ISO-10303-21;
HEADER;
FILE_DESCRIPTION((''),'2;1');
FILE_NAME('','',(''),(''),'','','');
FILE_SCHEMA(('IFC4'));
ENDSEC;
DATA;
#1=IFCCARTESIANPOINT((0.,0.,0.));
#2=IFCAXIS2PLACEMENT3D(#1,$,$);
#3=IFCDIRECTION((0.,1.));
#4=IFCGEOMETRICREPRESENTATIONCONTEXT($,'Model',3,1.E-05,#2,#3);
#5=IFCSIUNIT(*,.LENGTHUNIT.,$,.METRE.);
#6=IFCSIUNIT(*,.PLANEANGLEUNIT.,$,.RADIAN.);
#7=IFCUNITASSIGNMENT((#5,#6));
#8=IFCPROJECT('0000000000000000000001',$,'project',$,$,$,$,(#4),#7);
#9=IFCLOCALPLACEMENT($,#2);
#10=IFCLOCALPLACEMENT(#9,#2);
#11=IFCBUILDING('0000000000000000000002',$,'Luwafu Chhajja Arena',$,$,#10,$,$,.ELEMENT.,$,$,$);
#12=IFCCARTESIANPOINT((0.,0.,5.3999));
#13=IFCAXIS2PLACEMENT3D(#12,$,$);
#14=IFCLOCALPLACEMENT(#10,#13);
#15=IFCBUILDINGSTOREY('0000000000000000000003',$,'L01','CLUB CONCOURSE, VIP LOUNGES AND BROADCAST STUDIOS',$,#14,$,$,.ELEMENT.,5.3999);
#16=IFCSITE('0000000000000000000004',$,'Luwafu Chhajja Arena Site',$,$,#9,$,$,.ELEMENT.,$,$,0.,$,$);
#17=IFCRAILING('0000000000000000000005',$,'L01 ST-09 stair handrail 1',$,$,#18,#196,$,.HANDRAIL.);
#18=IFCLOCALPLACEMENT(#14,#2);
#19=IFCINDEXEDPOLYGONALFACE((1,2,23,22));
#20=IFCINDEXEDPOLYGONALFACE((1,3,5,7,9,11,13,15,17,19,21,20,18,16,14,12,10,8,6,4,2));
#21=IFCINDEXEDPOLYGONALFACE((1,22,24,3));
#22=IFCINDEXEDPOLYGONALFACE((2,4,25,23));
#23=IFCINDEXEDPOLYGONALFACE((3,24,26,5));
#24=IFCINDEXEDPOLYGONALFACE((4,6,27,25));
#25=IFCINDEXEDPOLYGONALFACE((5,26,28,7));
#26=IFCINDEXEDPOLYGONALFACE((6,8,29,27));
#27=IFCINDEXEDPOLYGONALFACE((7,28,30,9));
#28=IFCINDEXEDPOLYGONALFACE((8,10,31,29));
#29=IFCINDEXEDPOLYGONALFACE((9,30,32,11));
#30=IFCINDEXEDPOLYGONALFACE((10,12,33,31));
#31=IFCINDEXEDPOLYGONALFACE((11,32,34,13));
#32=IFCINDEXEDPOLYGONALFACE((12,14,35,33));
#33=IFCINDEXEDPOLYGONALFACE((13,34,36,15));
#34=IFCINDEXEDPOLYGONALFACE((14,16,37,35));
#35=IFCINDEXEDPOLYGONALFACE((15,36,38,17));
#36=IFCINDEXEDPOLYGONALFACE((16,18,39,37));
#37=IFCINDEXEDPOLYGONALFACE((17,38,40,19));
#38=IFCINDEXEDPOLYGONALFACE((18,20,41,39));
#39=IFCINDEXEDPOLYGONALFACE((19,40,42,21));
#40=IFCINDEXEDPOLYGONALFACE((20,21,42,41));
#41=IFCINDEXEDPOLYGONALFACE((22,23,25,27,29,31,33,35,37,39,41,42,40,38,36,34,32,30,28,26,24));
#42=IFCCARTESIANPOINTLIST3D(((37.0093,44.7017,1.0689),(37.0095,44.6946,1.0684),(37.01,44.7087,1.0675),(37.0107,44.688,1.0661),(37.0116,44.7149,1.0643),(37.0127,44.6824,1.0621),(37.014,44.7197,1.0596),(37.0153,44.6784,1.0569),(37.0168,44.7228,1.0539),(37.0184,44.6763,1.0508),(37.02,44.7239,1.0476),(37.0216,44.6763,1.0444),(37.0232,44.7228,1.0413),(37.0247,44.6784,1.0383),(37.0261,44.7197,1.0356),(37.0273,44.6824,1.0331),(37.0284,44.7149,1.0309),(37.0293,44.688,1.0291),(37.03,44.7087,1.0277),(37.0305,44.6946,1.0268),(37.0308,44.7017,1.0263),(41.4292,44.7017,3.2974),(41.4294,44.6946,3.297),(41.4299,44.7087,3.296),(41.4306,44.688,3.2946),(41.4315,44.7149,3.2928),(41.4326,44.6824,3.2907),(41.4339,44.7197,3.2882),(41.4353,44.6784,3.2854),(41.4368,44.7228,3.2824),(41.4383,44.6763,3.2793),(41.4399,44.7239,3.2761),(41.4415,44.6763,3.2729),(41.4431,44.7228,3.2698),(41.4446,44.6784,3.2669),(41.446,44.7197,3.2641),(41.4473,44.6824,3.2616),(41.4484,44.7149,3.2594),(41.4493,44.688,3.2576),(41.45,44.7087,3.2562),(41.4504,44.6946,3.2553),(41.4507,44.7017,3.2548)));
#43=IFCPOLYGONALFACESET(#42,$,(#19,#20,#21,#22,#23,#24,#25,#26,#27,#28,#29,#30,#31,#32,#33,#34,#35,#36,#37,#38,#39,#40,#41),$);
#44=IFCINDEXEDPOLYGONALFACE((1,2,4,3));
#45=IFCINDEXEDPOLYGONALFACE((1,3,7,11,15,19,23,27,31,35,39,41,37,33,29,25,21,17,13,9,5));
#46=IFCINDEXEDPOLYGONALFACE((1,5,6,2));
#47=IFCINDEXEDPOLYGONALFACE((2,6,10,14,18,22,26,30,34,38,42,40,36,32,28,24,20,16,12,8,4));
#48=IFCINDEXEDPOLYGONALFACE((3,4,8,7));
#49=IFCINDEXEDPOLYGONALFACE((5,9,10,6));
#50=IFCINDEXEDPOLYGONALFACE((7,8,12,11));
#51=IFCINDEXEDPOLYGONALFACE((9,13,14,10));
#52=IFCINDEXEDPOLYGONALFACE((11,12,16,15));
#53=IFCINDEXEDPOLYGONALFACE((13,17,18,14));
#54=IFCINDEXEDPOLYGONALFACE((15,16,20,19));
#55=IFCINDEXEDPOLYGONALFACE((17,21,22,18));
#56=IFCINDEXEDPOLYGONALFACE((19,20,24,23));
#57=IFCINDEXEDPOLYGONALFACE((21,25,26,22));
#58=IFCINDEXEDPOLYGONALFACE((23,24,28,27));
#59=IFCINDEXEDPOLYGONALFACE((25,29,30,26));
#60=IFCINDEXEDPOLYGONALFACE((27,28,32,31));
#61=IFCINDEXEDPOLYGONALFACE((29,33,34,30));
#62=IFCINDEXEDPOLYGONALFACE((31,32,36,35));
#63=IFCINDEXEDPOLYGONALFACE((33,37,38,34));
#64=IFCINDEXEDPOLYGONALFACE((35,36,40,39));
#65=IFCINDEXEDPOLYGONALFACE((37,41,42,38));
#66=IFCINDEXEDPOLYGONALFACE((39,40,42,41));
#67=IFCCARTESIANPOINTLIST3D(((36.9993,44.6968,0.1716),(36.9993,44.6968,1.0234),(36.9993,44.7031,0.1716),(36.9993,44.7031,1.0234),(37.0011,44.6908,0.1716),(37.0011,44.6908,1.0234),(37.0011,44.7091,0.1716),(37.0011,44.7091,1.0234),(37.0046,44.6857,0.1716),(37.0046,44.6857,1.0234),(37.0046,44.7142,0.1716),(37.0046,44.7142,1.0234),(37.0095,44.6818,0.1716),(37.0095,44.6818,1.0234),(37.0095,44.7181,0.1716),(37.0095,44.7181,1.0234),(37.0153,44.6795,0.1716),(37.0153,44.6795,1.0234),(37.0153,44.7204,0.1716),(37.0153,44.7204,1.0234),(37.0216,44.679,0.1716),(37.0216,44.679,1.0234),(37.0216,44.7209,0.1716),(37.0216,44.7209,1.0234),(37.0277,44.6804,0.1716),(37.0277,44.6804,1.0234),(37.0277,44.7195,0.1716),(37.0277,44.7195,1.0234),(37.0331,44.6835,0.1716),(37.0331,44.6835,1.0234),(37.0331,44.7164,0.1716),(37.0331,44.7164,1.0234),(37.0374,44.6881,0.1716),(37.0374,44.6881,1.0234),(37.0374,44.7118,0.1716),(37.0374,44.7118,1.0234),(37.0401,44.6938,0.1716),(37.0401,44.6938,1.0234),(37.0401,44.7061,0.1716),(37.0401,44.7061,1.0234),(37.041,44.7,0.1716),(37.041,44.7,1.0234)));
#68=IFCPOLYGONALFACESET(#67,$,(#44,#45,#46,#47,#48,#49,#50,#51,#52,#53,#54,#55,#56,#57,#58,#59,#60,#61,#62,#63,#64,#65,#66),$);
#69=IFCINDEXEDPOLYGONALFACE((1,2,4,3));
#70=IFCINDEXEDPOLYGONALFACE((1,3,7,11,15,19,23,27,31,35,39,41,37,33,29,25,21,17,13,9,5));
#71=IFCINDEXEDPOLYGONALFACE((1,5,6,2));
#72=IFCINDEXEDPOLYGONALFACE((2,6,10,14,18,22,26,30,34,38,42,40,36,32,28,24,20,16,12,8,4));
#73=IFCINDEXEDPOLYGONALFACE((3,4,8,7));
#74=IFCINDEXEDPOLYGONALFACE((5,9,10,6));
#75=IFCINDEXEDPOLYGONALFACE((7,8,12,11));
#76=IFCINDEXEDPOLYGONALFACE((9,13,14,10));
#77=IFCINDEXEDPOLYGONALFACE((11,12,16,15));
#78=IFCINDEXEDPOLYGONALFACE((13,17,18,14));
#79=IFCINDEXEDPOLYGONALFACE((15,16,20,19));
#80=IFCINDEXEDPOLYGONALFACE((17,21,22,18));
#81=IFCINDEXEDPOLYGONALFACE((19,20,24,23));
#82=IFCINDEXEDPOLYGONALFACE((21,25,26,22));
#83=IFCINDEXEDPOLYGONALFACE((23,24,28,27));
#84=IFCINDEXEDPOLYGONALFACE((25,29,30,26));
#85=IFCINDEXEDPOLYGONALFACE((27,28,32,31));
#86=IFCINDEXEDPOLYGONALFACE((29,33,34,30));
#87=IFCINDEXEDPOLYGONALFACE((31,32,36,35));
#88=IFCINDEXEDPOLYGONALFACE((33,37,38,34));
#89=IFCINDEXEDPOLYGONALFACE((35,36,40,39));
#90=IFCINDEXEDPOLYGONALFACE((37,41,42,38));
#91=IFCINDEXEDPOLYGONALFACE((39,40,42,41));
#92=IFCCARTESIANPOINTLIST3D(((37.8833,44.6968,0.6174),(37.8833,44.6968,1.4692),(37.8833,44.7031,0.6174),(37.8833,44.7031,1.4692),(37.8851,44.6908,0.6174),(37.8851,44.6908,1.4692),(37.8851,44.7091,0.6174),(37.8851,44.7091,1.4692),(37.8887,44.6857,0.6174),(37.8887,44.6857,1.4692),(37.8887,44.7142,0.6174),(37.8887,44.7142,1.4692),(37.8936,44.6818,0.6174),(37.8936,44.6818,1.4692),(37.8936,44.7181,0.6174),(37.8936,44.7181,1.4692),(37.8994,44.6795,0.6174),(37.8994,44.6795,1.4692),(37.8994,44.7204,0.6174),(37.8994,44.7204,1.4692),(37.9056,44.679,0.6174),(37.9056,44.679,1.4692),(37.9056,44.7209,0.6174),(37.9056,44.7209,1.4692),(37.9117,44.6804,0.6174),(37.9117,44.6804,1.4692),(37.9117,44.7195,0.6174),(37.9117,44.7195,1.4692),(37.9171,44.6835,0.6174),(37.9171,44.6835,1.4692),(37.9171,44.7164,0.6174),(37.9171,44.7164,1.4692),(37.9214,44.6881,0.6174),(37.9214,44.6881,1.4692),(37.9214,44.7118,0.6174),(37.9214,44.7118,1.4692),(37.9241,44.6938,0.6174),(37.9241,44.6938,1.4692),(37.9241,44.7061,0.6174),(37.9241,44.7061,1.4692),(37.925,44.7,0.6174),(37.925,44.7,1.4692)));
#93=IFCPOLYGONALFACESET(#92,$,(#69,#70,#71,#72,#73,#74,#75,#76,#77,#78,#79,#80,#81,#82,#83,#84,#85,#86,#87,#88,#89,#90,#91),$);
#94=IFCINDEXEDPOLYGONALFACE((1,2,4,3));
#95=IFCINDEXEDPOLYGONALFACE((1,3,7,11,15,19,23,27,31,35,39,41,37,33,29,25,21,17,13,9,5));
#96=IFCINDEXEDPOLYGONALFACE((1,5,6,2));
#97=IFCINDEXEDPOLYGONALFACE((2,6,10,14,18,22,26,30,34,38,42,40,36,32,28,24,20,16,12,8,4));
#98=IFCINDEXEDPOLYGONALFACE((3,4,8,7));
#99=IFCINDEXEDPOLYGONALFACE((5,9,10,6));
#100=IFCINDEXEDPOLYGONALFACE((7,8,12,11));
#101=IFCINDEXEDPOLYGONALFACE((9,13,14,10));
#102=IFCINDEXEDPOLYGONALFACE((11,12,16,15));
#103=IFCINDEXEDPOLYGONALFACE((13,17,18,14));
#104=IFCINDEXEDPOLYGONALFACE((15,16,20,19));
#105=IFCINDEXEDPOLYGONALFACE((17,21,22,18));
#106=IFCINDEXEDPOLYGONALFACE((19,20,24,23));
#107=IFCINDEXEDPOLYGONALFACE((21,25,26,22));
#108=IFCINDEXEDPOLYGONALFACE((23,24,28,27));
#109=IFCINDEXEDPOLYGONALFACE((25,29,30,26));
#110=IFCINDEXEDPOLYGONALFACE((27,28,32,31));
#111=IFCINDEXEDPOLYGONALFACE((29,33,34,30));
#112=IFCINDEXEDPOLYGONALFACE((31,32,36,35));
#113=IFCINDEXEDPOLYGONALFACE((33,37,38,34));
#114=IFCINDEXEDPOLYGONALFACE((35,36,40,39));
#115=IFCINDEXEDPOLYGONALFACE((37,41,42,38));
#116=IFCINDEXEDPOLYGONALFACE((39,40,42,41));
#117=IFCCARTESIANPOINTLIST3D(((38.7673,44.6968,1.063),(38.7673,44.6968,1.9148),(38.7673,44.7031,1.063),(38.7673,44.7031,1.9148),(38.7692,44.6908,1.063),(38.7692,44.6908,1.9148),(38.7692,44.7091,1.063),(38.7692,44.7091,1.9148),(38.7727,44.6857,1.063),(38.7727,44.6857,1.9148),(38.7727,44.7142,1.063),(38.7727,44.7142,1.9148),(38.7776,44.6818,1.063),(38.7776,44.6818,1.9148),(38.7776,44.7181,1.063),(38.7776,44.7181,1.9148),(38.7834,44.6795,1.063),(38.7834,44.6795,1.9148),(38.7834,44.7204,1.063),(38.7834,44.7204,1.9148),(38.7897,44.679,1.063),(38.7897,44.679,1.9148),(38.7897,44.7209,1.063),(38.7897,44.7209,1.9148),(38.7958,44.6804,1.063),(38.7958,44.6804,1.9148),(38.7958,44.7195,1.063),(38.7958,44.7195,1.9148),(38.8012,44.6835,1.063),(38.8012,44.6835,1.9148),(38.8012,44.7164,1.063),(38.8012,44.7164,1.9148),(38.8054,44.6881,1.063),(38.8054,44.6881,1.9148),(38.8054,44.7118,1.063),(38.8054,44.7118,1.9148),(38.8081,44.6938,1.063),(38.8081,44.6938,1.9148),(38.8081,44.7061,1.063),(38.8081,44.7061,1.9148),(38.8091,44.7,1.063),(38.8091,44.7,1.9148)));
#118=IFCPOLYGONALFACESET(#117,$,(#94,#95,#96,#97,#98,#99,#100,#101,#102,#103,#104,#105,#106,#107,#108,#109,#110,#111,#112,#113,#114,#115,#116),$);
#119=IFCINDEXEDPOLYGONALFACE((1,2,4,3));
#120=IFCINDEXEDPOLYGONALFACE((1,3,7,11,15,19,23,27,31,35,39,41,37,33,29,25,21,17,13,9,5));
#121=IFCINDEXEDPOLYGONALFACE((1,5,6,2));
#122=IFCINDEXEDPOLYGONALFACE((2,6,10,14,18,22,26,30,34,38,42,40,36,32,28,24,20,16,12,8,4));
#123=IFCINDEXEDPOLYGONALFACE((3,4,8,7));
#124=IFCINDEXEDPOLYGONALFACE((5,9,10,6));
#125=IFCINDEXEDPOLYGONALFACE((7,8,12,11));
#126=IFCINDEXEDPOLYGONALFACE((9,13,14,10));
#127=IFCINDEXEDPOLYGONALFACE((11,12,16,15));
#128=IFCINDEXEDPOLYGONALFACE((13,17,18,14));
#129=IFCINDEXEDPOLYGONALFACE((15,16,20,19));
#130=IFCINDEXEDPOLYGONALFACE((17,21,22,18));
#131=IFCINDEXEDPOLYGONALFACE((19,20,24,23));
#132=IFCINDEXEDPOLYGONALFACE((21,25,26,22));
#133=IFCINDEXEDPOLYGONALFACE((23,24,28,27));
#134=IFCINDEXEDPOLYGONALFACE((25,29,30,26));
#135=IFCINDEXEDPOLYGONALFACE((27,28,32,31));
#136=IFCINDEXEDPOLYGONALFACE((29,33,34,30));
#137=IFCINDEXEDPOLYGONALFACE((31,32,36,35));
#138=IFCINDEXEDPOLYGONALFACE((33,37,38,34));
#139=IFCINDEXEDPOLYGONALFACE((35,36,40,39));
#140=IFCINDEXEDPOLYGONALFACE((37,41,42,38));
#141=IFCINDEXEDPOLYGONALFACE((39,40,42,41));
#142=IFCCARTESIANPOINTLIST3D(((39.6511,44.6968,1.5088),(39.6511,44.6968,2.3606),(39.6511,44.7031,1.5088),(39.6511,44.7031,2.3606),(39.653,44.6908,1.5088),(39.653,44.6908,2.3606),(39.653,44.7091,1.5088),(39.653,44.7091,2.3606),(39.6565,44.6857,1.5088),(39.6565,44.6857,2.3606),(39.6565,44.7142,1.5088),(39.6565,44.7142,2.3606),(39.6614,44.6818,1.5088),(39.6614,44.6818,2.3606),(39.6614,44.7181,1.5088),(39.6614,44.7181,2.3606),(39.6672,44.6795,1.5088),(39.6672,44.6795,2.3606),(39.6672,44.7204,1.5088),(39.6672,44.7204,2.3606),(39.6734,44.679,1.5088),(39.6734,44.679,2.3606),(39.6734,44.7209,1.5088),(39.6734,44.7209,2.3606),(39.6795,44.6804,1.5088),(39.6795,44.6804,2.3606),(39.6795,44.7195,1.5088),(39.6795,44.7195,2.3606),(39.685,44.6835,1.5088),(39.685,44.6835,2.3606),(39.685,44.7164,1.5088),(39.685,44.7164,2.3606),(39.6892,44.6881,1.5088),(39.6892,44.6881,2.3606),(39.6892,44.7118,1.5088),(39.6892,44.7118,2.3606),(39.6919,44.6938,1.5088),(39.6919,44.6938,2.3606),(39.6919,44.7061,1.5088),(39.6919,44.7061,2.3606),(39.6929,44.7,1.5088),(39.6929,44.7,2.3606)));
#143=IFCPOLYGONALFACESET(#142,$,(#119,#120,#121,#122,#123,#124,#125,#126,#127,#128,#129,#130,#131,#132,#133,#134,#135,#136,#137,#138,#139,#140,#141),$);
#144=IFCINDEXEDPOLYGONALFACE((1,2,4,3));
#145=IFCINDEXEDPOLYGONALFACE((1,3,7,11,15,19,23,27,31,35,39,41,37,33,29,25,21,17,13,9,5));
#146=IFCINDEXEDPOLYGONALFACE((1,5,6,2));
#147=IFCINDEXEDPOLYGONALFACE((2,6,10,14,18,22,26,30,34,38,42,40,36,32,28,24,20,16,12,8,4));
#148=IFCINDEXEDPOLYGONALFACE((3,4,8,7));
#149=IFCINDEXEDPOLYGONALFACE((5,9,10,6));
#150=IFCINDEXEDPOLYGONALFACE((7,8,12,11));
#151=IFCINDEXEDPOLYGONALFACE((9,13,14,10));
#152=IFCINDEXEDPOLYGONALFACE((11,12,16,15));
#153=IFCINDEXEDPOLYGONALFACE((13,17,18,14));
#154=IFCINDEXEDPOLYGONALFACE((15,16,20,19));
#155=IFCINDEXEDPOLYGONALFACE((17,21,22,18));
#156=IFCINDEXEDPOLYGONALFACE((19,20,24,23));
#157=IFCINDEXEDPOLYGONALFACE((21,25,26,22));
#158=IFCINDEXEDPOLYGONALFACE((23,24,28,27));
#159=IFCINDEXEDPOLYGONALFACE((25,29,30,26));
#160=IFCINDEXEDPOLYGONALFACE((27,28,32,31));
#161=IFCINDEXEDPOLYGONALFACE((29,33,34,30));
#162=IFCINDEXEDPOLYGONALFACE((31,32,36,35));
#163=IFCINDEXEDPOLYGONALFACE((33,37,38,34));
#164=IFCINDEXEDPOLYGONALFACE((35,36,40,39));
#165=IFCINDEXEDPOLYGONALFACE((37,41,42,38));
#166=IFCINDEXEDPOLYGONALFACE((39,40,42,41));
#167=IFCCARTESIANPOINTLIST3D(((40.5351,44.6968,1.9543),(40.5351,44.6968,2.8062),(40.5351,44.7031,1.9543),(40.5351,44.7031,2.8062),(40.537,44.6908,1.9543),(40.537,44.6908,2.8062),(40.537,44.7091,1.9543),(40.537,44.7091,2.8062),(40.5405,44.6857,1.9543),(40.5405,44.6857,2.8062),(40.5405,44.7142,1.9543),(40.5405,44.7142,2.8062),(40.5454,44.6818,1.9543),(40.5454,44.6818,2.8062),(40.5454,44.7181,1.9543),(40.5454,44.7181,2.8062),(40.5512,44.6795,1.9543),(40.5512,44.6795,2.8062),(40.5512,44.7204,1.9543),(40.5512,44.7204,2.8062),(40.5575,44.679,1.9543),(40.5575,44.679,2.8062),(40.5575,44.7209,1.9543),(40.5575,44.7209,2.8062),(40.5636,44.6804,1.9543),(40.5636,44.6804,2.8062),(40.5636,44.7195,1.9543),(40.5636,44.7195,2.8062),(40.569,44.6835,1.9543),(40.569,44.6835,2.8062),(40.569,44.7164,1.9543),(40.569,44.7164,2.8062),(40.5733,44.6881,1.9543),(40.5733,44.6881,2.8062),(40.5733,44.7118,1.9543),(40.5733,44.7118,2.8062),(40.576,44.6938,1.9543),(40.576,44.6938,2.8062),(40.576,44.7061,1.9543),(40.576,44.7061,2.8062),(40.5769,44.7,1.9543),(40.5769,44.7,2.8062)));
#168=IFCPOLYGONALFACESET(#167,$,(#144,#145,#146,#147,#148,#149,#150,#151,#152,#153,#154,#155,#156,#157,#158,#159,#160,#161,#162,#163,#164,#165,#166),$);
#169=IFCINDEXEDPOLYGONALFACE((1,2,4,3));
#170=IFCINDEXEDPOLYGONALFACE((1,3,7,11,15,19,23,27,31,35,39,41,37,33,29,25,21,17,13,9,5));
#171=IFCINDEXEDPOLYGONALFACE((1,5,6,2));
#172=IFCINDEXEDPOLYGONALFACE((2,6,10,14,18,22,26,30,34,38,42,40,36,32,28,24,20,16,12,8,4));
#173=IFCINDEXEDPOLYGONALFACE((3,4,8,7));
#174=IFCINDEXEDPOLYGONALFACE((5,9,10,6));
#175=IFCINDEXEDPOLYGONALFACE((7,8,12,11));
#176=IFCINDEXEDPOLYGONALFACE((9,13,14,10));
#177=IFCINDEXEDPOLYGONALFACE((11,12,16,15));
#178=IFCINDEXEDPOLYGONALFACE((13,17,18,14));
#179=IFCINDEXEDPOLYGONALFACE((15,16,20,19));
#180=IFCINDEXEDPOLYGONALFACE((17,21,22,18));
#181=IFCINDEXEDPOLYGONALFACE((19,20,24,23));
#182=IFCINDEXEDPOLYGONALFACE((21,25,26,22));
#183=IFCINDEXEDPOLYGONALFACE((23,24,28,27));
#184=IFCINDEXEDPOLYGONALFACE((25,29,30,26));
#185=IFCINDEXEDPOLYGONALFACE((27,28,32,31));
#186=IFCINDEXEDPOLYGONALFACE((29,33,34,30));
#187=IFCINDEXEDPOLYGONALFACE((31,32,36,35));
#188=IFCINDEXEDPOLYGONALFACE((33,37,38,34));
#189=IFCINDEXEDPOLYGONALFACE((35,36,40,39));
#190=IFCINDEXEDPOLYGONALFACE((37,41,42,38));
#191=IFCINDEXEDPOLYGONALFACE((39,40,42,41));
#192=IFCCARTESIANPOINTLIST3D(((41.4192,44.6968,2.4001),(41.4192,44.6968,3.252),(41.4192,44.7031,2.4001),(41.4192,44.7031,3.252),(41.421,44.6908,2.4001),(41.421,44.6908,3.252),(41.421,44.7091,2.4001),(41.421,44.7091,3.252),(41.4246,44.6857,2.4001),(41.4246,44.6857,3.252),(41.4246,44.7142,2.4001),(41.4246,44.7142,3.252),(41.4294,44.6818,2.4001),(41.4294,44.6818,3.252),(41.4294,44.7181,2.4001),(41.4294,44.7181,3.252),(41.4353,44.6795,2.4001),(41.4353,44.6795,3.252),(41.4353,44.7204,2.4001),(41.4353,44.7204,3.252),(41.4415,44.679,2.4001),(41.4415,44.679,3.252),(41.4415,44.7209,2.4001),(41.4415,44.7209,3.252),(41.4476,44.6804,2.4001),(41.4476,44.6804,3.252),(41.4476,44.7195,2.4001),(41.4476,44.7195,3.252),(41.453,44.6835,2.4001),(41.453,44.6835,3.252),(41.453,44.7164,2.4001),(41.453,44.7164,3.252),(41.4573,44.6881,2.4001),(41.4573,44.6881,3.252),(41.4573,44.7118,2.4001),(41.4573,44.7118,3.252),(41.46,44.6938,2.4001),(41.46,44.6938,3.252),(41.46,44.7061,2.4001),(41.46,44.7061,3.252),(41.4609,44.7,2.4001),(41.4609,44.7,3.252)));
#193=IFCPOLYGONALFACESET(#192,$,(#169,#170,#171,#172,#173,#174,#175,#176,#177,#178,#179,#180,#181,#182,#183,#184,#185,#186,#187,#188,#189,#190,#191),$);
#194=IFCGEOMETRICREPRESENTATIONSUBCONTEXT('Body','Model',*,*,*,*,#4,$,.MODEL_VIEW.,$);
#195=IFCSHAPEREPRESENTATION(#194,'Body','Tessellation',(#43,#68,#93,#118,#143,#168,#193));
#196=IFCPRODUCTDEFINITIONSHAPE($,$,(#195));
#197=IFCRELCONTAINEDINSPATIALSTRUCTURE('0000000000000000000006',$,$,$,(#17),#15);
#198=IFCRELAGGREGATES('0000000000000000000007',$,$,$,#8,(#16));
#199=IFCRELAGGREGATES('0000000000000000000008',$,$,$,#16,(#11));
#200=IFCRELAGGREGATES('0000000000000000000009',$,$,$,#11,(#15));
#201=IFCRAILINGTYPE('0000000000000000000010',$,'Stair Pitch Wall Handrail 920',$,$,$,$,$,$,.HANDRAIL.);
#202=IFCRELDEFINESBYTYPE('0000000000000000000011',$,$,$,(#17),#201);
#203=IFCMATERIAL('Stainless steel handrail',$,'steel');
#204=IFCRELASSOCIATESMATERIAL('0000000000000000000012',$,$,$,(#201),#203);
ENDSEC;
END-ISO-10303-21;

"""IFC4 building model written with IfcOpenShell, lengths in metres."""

from ifc_helpers import new_model, si_unit, direction, frame, origin, origin_2d, place, context, subcontext, project, spatial, circle, extrude, material, type_object, element, save


model = new_model("IFC4")

# Units and contexts
model_context = context("Model", 3, precision=1e-05, world=origin(), true_north=direction((0.0, 1.0)))
body_context = subcontext(model_context, "Body", "Model", "MODEL_VIEW")
ifc_project = project(units=[si_unit("LENGTHUNIT", "METRE"), si_unit("PLANEANGLEUNIT", "RADIAN")], contexts=[model_context])

# Site, building, storey
site_placement = place(None, origin())
site = spatial("IfcSite", under=ifc_project, at=site_placement, Name="Luwafu Chhajja Arena Site", CompositionType="ELEMENT", RefElevation=0.0)
building_placement = place(site_placement, origin())
building = spatial("IfcBuilding", under=site, at=building_placement, Name="Luwafu Chhajja Arena", CompositionType="ELEMENT")
storey_placement = place(building_placement, frame((0.0, 0.0, 5.3999)))
storey = spatial("IfcBuildingStorey", under=building, at=storey_placement, Name="L01", Description="CLUB CONCOURSE, VIP LOUNGES AND BROADCAST STUDIOS", CompositionType="ELEMENT", Elevation=5.3999)

# Railing
ifc_material_1 = material(Name="Stainless steel handrail", Category="steel")
railing_type_1 = type_object("IfcRailingType", Name="Stair Pitch Wall Handrail 920", PredefinedType="HANDRAIL", material=ifc_material_1)
railing_1_placement = place(storey_placement, frame((37.02, 44.7, 0.1716)))
element("IfcRailing", 1, at=railing_1_placement, inside=storey, type_object=railing_type_1, Name="L01 ST-09 stair handrail 1", PredefinedType="HANDRAIL", context=body_context, shape_type="SweptSolid", body=[
    extrude(circle(Radius=0.0239, at=origin_2d()), frame((0.0, 0.0, 0.876), z_axis=(0.892923, 0.0, 0.45021), x_axis=(0.0, 1.0, 0.0)), (0.0, 0.0, 1.0), 4.95),
    extrude(circle(Radius=0.021, at=origin_2d()), origin(), (0.0, 0.0, 1.0), 0.8518),
    extrude(circle(Radius=0.021, at=origin_2d()), frame((0.884, 0.0, 0.4458)), (0.0, 0.0, 1.0), 0.8518),
    extrude(circle(Radius=0.021, at=origin_2d()), frame((1.7681, 0.0, 0.8914)), (0.0, 0.0, 1.0), 0.8518),
    extrude(circle(Radius=0.021, at=origin_2d()), frame((2.6519, 0.0, 1.3372)), (0.0, 0.0, 1.0), 0.8518),
    extrude(circle(Radius=0.021, at=origin_2d()), frame((3.5359, 0.0, 1.7827)), (0.0, 0.0, 1.0), 0.8518),
    extrude(circle(Radius=0.021, at=origin_2d()), frame((4.4199, 0.0, 2.2285)), (0.0, 0.0, 1.0), 0.8518),
])

save(model, "model.ifc")
